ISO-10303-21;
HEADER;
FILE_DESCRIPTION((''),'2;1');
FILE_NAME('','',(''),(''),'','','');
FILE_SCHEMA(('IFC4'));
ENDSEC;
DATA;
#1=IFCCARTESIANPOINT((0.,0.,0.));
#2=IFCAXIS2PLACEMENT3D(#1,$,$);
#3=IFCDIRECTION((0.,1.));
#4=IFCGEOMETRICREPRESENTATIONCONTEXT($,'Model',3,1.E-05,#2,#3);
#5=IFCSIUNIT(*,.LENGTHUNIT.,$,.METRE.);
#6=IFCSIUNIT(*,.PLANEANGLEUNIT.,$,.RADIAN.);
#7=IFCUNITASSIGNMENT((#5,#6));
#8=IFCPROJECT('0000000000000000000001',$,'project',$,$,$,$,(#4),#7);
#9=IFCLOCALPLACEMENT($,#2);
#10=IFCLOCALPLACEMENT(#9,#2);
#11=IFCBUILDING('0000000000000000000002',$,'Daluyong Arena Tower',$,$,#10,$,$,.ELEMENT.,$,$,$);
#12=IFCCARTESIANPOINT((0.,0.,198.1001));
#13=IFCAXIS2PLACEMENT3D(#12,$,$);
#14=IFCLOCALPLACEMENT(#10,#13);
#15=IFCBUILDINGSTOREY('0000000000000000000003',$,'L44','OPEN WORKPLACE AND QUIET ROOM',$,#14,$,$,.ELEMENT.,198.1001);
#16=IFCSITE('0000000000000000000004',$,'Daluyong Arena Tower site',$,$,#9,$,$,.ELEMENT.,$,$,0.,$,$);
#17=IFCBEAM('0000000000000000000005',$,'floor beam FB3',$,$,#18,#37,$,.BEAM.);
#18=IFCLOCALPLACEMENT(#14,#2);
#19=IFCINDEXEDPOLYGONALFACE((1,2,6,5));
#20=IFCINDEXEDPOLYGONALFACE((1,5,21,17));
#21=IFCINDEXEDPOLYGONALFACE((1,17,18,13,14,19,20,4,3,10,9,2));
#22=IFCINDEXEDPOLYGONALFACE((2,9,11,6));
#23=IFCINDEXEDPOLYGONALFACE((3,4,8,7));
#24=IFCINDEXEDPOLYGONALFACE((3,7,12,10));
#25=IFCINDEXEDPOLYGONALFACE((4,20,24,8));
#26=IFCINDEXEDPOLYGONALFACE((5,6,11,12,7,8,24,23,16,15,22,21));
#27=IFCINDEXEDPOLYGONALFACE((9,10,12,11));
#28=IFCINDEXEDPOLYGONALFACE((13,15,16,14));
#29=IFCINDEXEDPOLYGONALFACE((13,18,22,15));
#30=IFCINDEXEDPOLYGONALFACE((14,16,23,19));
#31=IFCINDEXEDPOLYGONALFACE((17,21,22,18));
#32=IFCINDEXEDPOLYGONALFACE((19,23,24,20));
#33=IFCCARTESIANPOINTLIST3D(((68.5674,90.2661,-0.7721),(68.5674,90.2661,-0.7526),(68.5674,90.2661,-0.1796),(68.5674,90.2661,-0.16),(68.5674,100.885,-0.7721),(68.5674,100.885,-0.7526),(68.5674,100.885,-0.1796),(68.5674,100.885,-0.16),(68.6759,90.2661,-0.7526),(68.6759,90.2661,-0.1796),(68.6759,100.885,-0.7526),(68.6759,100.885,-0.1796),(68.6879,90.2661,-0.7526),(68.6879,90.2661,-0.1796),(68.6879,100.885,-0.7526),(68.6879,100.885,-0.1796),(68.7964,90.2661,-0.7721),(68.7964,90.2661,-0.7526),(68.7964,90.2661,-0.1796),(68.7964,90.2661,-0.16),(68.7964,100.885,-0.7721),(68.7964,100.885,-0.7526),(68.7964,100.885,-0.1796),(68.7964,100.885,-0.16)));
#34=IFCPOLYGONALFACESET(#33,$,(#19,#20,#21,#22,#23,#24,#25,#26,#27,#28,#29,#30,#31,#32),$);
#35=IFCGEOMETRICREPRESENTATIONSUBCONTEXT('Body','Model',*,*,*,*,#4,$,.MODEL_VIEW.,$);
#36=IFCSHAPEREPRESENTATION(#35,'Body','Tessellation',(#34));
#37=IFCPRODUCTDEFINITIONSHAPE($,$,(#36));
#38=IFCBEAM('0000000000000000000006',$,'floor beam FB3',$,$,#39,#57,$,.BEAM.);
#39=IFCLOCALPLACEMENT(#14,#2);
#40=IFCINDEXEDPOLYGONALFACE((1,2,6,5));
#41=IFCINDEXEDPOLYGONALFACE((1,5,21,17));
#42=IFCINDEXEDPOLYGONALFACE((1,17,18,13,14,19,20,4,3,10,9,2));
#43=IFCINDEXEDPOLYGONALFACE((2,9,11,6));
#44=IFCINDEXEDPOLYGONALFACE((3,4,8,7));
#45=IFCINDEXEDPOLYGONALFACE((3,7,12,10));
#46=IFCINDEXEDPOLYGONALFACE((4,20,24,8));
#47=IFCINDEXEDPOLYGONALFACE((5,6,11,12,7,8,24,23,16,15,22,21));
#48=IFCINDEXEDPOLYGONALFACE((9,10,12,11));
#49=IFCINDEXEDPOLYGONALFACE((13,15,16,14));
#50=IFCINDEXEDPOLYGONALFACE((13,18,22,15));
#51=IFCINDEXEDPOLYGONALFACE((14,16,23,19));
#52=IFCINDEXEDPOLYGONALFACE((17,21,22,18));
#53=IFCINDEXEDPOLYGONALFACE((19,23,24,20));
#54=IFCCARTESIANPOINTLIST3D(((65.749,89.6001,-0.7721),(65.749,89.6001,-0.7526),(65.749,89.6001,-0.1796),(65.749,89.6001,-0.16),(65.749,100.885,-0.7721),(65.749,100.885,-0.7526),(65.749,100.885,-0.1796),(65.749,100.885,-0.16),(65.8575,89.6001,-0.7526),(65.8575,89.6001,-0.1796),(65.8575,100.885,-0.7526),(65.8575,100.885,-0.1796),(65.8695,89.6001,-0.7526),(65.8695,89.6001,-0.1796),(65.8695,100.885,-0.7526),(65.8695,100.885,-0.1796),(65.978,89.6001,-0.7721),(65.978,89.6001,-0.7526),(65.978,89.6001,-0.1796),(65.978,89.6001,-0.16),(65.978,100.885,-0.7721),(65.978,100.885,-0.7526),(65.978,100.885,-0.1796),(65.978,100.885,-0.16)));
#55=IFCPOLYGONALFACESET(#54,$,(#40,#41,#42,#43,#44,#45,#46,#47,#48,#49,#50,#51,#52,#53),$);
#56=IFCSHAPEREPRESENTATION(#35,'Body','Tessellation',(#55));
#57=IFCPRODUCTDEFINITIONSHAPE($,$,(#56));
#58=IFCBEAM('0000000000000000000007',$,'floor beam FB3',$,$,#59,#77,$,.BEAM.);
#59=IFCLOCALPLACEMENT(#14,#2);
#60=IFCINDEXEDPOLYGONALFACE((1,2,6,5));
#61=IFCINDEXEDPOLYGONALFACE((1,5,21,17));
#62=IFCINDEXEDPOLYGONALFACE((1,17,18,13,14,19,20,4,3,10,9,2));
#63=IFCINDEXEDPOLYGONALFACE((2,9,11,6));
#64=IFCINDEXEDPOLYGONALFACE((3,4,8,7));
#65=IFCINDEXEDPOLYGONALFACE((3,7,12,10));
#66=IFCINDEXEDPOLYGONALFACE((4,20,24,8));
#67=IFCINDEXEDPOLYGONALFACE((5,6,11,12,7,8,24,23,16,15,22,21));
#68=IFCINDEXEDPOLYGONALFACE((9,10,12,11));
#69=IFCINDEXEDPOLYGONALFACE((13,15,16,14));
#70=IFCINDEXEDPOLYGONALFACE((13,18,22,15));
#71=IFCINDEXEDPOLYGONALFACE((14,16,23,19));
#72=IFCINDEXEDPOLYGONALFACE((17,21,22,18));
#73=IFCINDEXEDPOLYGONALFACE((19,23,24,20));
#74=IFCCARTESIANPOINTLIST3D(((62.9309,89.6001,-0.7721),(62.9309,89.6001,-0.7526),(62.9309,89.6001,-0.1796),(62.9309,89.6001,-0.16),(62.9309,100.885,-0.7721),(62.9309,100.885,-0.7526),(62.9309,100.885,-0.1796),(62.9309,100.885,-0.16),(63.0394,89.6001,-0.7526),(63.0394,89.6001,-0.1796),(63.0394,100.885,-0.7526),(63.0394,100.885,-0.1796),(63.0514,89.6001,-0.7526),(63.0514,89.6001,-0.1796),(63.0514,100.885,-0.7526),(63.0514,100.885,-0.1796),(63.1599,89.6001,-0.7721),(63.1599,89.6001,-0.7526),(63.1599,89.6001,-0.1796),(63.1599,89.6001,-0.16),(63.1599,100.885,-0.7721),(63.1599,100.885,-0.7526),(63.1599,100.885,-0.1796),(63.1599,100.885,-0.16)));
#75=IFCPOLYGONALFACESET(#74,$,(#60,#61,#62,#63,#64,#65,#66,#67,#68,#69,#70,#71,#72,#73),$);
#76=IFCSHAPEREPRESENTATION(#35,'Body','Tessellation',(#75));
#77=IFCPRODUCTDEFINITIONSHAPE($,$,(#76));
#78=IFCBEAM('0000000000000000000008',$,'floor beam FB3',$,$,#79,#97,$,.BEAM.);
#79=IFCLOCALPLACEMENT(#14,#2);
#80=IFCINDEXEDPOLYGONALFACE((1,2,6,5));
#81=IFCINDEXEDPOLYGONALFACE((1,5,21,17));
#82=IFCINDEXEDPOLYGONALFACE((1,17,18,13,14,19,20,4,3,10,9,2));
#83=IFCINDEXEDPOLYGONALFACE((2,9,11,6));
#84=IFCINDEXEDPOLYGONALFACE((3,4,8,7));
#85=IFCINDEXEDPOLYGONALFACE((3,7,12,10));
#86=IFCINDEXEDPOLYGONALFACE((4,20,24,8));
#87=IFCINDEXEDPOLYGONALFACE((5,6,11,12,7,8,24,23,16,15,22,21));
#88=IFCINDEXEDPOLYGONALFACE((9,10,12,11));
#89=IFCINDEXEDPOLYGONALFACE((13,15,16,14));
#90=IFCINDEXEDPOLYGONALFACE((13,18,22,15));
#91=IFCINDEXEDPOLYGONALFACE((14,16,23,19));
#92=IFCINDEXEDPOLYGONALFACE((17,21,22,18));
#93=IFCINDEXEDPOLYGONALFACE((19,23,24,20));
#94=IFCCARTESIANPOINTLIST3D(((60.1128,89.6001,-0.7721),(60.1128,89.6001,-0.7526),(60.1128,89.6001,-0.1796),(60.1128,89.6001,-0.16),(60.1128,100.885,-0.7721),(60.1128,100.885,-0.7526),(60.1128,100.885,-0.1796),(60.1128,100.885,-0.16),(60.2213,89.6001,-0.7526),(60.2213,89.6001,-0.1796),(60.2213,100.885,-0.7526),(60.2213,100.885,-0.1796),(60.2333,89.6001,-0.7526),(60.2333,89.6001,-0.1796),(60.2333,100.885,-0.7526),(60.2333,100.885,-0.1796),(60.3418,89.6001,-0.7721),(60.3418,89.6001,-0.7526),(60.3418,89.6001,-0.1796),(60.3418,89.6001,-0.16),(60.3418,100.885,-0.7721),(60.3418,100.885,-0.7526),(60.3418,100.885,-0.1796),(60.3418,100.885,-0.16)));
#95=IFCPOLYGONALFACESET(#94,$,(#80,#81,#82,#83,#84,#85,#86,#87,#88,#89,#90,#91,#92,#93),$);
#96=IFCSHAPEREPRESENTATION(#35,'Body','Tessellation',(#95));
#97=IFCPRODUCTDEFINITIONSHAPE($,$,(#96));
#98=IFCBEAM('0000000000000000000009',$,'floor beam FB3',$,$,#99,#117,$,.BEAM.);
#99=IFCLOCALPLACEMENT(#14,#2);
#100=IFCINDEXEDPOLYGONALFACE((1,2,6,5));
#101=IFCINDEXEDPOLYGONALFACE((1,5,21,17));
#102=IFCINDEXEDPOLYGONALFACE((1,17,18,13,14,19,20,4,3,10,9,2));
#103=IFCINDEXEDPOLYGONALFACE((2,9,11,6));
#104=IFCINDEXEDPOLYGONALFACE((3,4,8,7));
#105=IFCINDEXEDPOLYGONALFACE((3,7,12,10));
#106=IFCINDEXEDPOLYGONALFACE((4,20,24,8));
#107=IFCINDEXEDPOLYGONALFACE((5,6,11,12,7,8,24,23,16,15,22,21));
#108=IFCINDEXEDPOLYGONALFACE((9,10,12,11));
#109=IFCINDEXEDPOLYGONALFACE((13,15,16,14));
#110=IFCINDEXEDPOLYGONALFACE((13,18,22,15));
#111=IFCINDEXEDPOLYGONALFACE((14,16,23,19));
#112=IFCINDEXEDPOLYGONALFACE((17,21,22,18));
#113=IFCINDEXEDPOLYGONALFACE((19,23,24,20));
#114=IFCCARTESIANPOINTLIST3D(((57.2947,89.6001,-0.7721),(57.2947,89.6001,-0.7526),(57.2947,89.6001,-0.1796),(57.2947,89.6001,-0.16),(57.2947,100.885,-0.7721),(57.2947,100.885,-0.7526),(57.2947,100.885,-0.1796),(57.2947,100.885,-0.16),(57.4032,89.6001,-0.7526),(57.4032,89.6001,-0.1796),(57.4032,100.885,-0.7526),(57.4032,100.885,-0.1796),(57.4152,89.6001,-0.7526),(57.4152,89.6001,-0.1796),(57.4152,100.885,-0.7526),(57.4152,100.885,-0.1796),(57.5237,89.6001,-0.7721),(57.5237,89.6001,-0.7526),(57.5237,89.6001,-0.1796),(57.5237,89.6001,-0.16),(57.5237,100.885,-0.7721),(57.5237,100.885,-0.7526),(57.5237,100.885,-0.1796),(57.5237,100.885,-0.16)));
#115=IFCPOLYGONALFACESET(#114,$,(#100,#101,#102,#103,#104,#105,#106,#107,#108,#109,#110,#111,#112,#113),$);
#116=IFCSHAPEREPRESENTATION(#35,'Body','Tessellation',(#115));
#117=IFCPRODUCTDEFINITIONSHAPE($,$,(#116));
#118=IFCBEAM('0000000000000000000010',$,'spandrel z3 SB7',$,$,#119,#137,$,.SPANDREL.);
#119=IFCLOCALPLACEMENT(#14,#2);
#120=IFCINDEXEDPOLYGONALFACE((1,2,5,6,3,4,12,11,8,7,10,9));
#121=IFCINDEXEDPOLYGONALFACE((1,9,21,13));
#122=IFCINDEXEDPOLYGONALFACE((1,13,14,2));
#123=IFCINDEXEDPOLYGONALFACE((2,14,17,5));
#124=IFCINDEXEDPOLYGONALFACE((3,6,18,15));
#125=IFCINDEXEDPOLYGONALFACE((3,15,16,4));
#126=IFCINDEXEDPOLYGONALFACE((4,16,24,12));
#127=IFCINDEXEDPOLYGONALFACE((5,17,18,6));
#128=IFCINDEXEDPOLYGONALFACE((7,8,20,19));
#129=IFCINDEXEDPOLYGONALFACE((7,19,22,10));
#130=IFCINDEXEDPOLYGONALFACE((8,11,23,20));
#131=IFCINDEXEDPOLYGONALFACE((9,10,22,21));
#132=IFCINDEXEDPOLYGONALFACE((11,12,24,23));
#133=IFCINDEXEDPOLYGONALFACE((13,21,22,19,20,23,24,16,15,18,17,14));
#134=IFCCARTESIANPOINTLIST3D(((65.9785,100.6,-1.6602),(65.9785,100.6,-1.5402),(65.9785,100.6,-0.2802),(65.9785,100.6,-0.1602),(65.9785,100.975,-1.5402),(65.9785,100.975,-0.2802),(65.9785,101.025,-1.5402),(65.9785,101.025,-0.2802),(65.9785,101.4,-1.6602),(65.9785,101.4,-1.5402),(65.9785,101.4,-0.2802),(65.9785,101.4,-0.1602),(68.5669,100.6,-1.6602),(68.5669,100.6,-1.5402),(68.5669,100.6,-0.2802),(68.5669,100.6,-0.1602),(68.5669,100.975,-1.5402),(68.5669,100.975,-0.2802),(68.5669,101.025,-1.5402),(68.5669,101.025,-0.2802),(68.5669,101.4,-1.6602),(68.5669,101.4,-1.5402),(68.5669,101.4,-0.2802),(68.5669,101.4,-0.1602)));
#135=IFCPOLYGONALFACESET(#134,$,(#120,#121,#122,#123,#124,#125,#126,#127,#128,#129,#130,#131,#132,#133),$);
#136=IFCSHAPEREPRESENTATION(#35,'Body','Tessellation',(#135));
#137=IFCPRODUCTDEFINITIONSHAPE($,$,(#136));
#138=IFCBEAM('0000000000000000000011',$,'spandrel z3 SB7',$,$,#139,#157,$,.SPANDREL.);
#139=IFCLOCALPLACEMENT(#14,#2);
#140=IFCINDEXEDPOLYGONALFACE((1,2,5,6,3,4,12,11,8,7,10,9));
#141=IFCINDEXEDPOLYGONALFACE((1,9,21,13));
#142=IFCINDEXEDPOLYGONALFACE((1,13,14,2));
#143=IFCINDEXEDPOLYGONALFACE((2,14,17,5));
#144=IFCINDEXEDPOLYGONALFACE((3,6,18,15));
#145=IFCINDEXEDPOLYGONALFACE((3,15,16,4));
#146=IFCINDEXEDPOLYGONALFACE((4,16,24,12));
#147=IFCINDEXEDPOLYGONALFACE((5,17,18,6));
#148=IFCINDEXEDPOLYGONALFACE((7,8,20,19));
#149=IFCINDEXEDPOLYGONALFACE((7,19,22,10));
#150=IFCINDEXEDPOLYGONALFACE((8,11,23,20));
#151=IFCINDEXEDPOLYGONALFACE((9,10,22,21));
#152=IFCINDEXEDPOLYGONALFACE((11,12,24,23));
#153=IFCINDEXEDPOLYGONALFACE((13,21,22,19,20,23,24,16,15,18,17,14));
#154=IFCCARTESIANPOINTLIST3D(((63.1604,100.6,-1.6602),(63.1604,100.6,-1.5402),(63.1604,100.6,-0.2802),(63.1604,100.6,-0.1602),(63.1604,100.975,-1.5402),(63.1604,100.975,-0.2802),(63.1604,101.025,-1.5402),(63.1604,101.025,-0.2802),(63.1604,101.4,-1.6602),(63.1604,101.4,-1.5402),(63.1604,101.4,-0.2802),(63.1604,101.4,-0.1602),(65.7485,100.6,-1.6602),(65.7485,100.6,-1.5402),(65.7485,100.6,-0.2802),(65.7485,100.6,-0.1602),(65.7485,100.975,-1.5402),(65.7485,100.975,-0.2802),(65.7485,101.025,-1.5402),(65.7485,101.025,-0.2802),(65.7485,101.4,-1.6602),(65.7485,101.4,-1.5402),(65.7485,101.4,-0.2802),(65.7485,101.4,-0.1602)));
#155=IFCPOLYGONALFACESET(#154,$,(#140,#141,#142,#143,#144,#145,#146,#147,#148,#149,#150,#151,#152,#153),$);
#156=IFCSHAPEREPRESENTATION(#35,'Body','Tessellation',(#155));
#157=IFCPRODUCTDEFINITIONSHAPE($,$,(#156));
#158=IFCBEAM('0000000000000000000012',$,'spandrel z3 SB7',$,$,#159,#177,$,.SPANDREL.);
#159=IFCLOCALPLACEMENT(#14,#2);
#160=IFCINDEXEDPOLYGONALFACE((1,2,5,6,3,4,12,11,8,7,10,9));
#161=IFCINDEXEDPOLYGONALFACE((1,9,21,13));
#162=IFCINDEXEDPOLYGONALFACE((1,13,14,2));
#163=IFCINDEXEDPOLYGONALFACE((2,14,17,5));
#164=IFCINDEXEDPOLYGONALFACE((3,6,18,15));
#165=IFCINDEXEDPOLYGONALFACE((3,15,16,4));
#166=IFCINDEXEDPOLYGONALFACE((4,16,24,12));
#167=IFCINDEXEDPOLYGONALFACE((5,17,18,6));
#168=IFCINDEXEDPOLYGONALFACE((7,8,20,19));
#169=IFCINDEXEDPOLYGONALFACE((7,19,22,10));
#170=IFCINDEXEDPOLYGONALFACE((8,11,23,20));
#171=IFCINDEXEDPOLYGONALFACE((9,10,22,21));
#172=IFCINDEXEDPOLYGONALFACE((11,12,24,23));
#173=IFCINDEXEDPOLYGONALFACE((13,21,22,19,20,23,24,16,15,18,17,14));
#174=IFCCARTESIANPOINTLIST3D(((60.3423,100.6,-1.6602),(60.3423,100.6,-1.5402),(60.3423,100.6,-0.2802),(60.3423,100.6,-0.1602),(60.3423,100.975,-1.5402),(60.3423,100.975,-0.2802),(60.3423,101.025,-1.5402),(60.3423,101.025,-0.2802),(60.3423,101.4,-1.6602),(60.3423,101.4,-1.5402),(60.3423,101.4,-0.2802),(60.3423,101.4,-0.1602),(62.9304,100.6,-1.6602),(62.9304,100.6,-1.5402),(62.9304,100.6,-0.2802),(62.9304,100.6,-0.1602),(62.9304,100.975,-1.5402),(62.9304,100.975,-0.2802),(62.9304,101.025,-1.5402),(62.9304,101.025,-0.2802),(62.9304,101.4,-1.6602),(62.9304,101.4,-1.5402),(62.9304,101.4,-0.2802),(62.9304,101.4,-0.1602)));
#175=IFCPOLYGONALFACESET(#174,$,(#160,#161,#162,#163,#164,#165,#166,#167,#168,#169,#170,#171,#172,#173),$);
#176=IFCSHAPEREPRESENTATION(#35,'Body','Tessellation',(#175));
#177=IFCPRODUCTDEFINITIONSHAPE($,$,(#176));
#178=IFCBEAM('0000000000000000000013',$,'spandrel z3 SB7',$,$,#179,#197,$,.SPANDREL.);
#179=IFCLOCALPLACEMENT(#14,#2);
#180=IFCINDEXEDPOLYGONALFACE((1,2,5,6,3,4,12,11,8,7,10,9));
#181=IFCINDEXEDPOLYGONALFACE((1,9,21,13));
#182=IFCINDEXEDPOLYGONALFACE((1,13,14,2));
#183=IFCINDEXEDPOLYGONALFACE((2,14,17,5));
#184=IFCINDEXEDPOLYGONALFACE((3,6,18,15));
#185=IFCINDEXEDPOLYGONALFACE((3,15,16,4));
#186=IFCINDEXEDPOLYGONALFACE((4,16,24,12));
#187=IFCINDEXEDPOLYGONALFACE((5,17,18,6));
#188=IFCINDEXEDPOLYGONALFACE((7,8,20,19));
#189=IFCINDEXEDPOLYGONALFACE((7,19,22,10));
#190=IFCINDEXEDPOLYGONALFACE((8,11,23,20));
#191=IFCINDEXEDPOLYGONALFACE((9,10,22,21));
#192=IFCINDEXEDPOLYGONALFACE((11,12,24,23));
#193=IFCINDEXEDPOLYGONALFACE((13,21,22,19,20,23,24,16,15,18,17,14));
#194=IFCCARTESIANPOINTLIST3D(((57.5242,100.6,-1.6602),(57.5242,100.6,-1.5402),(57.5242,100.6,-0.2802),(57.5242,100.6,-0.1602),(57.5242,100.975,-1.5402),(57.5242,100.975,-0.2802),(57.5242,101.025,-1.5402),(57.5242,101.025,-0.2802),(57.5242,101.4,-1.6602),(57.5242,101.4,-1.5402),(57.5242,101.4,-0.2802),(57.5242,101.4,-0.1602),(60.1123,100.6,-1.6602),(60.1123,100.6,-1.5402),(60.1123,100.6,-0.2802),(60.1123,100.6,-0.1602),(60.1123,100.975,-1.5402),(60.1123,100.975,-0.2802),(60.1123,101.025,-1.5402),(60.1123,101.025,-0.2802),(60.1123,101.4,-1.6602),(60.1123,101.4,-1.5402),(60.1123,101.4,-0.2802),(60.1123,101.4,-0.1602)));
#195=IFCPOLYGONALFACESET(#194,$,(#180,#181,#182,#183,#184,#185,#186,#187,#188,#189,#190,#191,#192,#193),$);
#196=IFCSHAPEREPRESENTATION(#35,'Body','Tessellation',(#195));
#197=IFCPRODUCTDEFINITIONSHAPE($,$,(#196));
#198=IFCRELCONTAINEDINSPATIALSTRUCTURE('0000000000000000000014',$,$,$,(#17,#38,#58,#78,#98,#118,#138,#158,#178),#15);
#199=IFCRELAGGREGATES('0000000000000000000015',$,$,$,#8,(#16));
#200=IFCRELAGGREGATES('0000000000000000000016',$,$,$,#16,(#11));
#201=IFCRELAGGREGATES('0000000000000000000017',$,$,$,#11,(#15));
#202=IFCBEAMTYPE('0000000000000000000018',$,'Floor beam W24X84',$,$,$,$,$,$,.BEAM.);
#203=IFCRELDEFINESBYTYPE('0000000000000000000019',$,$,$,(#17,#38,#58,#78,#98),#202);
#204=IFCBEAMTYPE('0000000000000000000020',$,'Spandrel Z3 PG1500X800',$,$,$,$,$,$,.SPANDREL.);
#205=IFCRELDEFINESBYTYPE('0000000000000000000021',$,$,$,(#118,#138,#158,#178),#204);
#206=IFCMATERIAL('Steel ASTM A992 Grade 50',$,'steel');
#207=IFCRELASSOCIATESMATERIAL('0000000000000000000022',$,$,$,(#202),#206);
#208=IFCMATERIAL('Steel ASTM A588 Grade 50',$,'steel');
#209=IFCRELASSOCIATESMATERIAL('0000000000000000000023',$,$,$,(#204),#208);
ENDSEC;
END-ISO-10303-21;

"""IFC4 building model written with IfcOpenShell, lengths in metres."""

from ifc_helpers import new_model, si_unit, direction, frame, origin, origin_2d, place, context, subcontext, project, spatial, i_section, extrude, material, material_profile, profile_set, type_object, element, save


model = new_model("IFC4")

# Units and contexts
model_context = context("Model", 3, precision=1e-05, world=origin(), true_north=direction((0.0, 1.0)))
body_context = subcontext(model_context, "Body", "Model", "MODEL_VIEW")
ifc_project = project(units=[si_unit("LENGTHUNIT", "METRE"), si_unit("PLANEANGLEUNIT", "RADIAN")], contexts=[model_context])

# Site, building, storey
site_placement = place(None, origin())
site = spatial("IfcSite", under=ifc_project, at=site_placement, Name="Daluyong Arena Tower site", CompositionType="ELEMENT", RefElevation=0.0)
building_placement = place(site_placement, origin())
building = spatial("IfcBuilding", under=site, at=building_placement, Name="Daluyong Arena Tower", CompositionType="ELEMENT")
storey_placement = place(building_placement, frame((0.0, 0.0, 198.1001)))
storey = spatial("IfcBuildingStorey", under=building, at=storey_placement, Name="L44", Description="OPEN WORKPLACE AND QUIET ROOM", CompositionType="ELEMENT", Elevation=198.1001)

# Beams
ifc_material_1 = material(Name="Steel ASTM A992 Grade 50", Category="steel")
ifc_material_profile_1 = material_profile(ifc_material_1, i_section(OverallWidth=0.229, OverallDepth=0.6121, WebThickness=0.012, FlangeThickness=0.0195, at=origin_2d()))
ifc_profile_set_1 = profile_set([ifc_material_profile_1], Name="Steel ASTM A992 Grade 50")
beam_type_1 = type_object("IfcBeamType", Name="Floor beam W24X84", PredefinedType="BEAM", material=ifc_profile_set_1)
beam_1_placement = place(storey_placement, frame((68.6819, 100.885, -0.4661), z_axis=(0.0, -1.0, 0.0), x_axis=(1.0, 0.0, 0.0)))
element("IfcBeam", 1, at=beam_1_placement, inside=storey, type_object=beam_type_1, Name="floor beam FB3", PredefinedType="BEAM", context=body_context, shape_type="SweptSolid", body=[
    extrude(i_section(OverallWidth=0.229, OverallDepth=0.6121, WebThickness=0.012, FlangeThickness=0.0195, at=origin_2d()), origin(), (0.0, 0.0, 1.0), 10.6189),
])
for number, where, z_axis, x_axis, name in (
    (2, (65.8635, 100.885, -0.4661), (0.0, -1.0, 0.0), (1.0, 0.0, 0.0), "floor beam FB3"),
    (3, (63.0454, 100.885, -0.4661), (0.0, -1.0, 0.0), (1.0, 0.0, 0.0), "floor beam FB3"),
    (4, (60.2273, 100.885, -0.4661), (0.0, -1.0, 0.0), (1.0, 0.0, 0.0), "floor beam FB3"),
    (5, (57.4092, 100.885, -0.4661), (0.0, -1.0, 0.0), (1.0, 0.0, 0.0), "floor beam FB3"),
):
    element("IfcBeam", number, at=place(storey_placement, frame(where, z_axis=z_axis, x_axis=x_axis)), inside=storey, type_object=beam_type_1, Name=name, PredefinedType="BEAM", context=body_context, shape_type="SweptSolid", body=[
        extrude(i_section(OverallWidth=0.229, OverallDepth=0.6121, WebThickness=0.012, FlangeThickness=0.0195, at=origin_2d()), origin(), (0.0, 0.0, 1.0), 11.2849),
    ])
ifc_material_2 = material(Name="Steel ASTM A588 Grade 50", Category="steel")
ifc_material_profile_2 = material_profile(ifc_material_2, i_section(OverallWidth=0.8, OverallDepth=1.5, WebThickness=0.05, FlangeThickness=0.12, at=origin_2d()))
ifc_profile_set_2 = profile_set([ifc_material_profile_2], Name="Steel ASTM A588 Grade 50")
beam_type_2 = type_object("IfcBeamType", Name="Spandrel Z3 PG1500X800", PredefinedType="SPANDREL", material=ifc_profile_set_2)
beam_2_placement = place(storey_placement, frame((68.5669, 101.0, -0.9102), z_axis=(-1.0, 0.0, 0.0), x_axis=(0.0, -1.0, 0.0)))
element("IfcBeam", 6, at=beam_2_placement, inside=storey, type_object=beam_type_2, Name="spandrel z3 SB7", PredefinedType="SPANDREL", context=body_context, shape_type="SweptSolid", body=[
    extrude(i_section(OverallWidth=0.8, OverallDepth=1.5, WebThickness=0.05, FlangeThickness=0.12, at=origin_2d()), origin(), (0.0, 0.0, 1.0), 2.5884),
])
for number, where, z_axis, x_axis, name in (
    (7, (65.7485, 101.0, -0.9102), (-1.0, 0.0, 0.0), (0.0, -1.0, 0.0), "spandrel z3 SB7"),
    (8, (62.9304, 101.0, -0.9102), (-1.0, 0.0, 0.0), (0.0, -1.0, 0.0), "spandrel z3 SB7"),
    (9, (60.1123, 101.0, -0.9102), (-1.0, 0.0, 0.0), (0.0, -1.0, 0.0), "spandrel z3 SB7"),
):
    element("IfcBeam", number, at=place(storey_placement, frame(where, z_axis=z_axis, x_axis=x_axis)), inside=storey, type_object=beam_type_2, Name=name, PredefinedType="SPANDREL", context=body_context, shape_type="SweptSolid", body=[
        extrude(i_section(OverallWidth=0.8, OverallDepth=1.5, WebThickness=0.05, FlangeThickness=0.12, at=origin_2d()), origin(), (0.0, 0.0, 1.0), 2.5881),
    ])

save(model, "model.ifc")
